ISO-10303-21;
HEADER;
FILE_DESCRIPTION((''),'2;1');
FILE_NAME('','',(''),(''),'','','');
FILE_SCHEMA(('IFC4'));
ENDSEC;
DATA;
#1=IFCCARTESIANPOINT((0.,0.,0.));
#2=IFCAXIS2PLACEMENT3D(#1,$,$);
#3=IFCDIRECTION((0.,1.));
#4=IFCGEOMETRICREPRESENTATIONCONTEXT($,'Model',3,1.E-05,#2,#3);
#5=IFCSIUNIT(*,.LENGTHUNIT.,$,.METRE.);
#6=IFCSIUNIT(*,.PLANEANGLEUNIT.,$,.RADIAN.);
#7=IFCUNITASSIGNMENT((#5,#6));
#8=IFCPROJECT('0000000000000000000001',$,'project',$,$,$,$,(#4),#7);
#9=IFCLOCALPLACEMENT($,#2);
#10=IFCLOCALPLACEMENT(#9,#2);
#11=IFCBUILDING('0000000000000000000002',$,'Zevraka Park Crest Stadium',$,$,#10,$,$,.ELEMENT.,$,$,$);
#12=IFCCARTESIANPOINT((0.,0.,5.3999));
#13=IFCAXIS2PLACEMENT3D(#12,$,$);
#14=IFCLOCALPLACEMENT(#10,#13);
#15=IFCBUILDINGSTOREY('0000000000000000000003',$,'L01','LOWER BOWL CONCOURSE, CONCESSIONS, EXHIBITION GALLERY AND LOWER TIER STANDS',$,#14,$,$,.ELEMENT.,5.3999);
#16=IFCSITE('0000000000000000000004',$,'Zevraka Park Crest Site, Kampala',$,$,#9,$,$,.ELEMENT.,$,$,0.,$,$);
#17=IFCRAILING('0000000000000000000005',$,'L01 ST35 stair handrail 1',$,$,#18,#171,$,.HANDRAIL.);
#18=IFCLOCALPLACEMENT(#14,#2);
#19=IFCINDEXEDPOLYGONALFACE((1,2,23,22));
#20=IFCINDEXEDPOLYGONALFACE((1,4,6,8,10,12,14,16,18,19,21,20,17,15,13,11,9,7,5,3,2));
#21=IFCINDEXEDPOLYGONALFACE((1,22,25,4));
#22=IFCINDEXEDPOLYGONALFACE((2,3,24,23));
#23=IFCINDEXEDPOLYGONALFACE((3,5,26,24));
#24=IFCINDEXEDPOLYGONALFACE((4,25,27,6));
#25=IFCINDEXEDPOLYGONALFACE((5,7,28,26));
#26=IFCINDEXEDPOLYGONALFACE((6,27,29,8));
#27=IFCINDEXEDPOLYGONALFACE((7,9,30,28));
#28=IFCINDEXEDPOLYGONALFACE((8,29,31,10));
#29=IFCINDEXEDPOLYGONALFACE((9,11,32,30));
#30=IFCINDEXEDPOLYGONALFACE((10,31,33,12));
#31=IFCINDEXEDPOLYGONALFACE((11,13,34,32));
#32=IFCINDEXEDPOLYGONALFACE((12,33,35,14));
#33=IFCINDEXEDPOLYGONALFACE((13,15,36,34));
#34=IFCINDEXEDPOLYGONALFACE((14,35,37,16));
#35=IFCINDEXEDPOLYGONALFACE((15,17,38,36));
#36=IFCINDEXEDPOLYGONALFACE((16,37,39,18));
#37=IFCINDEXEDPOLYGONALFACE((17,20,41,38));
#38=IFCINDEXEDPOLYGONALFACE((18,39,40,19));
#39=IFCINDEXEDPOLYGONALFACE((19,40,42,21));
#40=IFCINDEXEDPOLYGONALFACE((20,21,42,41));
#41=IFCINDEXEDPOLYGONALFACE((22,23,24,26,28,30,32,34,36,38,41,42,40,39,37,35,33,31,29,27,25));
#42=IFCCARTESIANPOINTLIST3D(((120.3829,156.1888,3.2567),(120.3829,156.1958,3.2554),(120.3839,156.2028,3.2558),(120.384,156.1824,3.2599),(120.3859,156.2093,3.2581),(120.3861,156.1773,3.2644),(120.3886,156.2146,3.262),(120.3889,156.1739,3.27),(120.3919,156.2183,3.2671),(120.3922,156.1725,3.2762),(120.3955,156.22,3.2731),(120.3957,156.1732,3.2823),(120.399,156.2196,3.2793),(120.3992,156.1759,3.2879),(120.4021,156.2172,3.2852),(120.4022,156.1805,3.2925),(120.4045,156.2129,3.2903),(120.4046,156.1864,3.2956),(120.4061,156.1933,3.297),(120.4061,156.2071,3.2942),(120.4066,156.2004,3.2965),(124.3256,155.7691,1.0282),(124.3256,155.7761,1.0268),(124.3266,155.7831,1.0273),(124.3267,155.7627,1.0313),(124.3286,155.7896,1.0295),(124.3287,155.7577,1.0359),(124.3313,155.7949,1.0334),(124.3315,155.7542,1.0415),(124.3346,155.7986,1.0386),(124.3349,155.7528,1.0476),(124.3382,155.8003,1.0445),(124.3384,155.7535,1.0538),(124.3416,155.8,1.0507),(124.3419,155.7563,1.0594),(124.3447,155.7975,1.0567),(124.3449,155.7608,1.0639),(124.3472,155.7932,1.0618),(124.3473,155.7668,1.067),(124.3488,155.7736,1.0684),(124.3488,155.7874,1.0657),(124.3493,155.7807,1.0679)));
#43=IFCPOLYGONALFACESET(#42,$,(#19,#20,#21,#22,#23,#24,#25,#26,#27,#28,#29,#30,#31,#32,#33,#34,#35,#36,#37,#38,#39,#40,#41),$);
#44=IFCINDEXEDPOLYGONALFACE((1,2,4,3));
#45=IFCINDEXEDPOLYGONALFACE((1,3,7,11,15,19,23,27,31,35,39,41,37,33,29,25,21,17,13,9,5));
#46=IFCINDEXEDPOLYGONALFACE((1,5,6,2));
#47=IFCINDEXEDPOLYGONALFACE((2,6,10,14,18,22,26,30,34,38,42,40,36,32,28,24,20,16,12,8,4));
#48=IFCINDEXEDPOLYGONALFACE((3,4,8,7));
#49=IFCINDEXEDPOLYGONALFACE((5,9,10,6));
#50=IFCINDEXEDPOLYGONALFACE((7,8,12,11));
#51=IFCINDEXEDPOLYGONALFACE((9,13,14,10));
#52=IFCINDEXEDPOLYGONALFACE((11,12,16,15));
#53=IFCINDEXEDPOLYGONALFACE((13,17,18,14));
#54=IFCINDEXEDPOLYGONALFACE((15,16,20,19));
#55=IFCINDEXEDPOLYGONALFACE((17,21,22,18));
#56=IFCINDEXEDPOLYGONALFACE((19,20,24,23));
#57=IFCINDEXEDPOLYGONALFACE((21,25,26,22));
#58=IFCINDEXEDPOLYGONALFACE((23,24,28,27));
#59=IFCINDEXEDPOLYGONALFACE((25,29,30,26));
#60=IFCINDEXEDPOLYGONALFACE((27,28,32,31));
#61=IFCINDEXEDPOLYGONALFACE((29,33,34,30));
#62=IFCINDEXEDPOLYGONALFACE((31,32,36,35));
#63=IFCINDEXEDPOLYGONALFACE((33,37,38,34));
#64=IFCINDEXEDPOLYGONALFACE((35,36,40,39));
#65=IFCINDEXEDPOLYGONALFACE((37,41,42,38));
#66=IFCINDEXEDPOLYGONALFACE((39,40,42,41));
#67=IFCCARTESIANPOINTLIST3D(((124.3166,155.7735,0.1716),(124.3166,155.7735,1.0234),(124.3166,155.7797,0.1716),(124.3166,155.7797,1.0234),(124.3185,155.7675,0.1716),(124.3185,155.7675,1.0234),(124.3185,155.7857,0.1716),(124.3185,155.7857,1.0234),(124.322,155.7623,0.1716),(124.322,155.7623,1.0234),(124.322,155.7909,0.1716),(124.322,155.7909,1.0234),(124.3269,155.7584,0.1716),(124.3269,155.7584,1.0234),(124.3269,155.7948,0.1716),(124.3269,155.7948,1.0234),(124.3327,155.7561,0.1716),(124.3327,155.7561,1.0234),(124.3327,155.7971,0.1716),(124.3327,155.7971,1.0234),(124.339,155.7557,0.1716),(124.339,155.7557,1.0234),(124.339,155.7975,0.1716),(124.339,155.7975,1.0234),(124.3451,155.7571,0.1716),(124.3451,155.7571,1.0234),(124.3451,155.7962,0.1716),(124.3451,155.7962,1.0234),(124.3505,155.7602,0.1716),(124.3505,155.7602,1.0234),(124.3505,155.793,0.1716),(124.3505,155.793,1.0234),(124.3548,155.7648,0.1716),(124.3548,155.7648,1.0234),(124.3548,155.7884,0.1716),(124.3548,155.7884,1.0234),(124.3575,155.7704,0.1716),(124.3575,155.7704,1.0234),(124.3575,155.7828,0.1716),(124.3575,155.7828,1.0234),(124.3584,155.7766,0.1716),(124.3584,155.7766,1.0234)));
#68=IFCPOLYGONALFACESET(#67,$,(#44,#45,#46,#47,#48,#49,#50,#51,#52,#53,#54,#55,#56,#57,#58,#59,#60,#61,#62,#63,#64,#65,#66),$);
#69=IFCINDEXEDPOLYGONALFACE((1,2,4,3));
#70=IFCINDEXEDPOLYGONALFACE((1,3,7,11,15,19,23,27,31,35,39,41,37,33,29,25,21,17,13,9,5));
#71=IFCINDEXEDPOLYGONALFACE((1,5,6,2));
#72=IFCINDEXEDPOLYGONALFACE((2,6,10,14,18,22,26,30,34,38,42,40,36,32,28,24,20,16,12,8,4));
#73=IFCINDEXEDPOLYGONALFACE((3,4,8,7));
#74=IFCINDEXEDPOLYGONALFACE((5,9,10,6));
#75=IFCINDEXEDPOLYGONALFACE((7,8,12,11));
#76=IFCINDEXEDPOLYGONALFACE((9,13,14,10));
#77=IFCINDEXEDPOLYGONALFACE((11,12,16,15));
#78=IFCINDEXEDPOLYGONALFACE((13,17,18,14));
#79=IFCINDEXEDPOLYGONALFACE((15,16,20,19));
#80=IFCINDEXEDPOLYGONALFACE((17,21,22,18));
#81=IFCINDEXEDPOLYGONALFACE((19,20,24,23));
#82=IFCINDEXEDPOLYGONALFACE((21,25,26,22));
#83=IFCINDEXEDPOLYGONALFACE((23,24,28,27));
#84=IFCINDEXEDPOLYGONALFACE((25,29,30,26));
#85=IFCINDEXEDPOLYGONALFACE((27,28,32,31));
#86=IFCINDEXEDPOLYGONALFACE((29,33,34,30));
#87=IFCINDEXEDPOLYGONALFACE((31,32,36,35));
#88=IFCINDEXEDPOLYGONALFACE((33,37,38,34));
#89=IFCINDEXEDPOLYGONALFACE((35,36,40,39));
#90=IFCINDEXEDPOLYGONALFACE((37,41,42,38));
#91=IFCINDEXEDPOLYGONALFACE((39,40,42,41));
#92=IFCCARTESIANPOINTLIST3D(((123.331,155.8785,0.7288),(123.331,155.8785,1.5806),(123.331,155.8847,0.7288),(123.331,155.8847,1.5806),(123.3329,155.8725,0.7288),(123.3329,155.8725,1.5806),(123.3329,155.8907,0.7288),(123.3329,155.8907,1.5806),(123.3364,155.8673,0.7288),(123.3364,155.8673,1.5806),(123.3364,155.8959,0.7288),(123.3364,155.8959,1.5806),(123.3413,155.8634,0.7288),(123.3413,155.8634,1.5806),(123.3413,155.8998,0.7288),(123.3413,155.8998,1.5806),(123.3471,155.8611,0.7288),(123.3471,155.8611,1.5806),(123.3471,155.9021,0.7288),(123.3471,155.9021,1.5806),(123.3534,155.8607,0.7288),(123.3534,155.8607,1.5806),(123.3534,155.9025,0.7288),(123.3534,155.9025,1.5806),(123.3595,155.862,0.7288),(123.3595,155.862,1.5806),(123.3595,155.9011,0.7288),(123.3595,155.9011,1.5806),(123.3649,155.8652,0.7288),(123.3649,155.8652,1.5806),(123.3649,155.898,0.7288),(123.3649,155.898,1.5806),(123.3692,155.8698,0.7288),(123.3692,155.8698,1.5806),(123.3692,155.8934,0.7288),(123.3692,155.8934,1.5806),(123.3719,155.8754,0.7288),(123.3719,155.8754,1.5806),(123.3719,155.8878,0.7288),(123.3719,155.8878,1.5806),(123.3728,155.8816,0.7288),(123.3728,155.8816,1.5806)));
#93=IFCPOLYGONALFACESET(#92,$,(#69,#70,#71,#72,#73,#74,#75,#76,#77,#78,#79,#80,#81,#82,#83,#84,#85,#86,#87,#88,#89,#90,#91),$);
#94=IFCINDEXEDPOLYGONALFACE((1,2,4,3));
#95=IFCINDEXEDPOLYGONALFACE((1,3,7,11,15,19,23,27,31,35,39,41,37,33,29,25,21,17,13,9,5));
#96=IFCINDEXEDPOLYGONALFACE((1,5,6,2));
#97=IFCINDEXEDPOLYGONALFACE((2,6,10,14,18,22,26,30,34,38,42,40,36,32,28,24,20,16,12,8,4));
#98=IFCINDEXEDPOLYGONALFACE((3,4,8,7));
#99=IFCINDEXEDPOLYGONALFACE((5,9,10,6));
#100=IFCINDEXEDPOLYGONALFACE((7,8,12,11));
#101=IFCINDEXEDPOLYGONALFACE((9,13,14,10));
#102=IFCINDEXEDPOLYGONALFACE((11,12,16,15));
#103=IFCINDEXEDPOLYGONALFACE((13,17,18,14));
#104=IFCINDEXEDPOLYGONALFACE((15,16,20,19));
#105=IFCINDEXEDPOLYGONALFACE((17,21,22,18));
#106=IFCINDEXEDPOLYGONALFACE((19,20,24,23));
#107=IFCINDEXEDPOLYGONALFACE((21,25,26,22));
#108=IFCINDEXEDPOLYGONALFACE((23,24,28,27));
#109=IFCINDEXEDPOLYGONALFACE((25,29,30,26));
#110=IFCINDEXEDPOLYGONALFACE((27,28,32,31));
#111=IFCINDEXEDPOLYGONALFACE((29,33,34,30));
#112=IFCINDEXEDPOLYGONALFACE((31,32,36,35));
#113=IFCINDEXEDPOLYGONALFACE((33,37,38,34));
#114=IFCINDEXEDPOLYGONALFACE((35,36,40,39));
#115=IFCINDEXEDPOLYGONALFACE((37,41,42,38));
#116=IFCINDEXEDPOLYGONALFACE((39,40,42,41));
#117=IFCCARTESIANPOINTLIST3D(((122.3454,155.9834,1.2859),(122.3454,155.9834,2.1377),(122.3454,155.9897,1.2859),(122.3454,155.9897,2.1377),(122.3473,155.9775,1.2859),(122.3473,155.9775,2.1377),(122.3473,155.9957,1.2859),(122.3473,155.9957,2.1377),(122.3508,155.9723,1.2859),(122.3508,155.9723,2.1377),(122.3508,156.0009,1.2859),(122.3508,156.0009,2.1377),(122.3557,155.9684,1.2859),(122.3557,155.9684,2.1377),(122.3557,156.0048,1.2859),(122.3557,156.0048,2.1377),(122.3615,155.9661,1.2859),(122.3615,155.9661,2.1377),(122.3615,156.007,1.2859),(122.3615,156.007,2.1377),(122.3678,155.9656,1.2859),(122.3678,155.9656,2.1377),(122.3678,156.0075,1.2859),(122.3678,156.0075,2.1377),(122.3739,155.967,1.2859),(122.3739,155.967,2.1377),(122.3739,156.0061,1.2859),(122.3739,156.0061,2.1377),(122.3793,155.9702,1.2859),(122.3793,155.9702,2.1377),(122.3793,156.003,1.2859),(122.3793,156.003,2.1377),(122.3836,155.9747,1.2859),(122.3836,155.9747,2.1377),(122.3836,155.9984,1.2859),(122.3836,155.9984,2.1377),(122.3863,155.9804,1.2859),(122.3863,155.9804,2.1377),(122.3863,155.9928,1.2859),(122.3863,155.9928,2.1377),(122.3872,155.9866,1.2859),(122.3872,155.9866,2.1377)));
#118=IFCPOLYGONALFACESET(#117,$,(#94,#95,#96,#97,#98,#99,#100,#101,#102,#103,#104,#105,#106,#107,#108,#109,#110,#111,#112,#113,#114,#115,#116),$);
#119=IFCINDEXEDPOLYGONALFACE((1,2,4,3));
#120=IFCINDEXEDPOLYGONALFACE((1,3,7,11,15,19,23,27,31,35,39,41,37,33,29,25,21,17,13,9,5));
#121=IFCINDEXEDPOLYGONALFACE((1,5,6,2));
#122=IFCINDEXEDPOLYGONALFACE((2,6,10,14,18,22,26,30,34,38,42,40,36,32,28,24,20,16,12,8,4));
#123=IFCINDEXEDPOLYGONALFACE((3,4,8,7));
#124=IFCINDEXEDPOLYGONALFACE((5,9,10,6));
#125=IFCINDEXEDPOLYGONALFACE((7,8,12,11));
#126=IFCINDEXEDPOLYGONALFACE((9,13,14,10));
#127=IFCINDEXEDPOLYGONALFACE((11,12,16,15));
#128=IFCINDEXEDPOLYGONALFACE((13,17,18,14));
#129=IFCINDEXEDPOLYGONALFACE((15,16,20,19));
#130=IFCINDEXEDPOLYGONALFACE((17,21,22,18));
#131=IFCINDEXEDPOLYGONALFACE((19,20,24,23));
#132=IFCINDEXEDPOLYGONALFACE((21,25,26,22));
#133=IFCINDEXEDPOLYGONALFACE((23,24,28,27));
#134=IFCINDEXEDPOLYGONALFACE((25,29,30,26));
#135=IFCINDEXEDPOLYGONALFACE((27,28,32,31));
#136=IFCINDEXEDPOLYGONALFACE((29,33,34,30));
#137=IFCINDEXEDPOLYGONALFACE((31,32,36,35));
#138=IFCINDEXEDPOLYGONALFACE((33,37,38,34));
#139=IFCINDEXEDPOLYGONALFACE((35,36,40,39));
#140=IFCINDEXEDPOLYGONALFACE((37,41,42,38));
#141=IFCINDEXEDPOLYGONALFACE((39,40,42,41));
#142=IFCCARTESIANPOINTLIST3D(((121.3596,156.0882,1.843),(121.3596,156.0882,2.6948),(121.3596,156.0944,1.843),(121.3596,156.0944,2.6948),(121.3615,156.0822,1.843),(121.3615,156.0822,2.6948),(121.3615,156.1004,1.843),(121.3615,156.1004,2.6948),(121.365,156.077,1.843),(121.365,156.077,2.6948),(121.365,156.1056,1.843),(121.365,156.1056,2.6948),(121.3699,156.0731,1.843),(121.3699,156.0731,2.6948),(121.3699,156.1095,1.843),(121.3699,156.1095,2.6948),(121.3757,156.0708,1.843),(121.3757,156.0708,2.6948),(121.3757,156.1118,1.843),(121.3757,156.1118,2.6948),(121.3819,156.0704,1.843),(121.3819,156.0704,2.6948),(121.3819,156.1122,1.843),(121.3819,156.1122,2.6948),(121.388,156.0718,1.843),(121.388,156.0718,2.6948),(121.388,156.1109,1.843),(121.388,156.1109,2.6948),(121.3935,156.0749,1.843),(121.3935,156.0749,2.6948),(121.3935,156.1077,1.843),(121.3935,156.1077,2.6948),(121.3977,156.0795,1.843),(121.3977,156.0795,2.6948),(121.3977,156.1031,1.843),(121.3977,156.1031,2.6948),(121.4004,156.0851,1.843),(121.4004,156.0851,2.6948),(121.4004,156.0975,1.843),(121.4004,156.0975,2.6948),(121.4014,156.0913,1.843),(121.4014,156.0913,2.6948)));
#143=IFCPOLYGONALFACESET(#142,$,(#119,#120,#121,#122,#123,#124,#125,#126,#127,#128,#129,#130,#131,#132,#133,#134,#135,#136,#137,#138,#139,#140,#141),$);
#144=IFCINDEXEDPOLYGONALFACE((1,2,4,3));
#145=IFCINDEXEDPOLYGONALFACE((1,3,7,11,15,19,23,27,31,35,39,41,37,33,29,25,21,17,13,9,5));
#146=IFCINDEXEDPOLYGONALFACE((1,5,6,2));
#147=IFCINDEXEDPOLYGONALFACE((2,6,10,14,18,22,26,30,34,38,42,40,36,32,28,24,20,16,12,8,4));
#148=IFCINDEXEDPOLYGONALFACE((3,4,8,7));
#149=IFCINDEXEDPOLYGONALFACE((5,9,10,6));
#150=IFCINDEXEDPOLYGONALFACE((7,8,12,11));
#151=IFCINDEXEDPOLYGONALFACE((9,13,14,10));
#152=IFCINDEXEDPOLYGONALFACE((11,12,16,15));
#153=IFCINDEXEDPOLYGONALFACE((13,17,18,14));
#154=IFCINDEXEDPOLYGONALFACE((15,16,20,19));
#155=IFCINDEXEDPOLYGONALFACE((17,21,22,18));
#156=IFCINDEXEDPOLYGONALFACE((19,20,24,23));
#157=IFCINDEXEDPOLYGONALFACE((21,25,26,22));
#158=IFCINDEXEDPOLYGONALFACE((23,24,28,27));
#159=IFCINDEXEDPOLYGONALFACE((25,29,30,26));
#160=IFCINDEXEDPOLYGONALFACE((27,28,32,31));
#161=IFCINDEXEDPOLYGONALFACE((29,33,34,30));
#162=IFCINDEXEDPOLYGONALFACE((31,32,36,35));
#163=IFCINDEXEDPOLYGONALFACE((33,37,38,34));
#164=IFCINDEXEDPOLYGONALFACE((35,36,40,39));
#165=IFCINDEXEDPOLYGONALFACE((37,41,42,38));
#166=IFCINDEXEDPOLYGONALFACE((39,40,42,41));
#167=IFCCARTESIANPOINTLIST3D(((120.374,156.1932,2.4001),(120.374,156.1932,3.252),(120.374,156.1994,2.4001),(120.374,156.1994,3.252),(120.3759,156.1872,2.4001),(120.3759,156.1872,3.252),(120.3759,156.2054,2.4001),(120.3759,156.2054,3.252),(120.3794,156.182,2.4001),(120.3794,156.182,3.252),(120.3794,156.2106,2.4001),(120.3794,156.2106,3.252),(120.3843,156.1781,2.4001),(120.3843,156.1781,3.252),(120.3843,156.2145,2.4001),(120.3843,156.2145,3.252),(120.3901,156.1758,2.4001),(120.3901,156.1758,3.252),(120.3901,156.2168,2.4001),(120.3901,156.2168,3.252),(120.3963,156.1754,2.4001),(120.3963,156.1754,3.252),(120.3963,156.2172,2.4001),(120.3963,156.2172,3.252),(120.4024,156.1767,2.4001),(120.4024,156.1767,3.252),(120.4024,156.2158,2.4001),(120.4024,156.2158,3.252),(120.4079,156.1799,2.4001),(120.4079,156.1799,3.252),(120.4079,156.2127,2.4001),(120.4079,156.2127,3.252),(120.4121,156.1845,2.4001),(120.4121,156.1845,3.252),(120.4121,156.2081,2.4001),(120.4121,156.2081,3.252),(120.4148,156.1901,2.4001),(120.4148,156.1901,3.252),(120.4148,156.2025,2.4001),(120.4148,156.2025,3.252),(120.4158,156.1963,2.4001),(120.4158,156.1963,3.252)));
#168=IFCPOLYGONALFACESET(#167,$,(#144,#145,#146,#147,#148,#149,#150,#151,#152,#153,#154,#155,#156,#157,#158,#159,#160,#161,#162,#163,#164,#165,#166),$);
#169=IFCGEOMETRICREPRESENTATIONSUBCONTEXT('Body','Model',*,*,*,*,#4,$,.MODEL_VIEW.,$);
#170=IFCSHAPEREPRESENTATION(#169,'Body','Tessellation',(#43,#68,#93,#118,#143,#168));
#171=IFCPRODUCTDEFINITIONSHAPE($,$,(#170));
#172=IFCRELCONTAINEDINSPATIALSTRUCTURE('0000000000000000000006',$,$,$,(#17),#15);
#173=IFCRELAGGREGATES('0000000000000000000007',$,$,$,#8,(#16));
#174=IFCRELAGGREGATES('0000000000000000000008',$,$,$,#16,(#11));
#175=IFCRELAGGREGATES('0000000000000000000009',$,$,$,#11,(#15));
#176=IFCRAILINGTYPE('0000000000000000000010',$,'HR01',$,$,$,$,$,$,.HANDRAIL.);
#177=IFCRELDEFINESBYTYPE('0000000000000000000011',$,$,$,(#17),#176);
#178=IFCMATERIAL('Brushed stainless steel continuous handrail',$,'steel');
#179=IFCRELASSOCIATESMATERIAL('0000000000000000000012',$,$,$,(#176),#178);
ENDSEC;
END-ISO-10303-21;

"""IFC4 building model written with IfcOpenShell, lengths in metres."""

from ifc_helpers import new_model, si_unit, direction, frame, origin, origin_2d, place, context, subcontext, project, spatial, circle, extrude, material, type_object, element, save


model = new_model("IFC4")

# Units and contexts
model_context = context("Model", 3, precision=1e-05, world=origin(), true_north=direction((0.0, 1.0)))
body_context = subcontext(model_context, "Body", "Model", "MODEL_VIEW")
ifc_project = project(units=[si_unit("LENGTHUNIT", "METRE"), si_unit("PLANEANGLEUNIT", "RADIAN")], contexts=[model_context])

# Site, building, storey
site_placement = place(None, origin())
site = spatial("IfcSite", under=ifc_project, at=site_placement, Name="Zevraka Park Crest Site, Kampala", CompositionType="ELEMENT", RefElevation=0.0)
building_placement = place(site_placement, origin())
building = spatial("IfcBuilding", under=site, at=building_placement, Name="Zevraka Park Crest Stadium", CompositionType="ELEMENT")
storey_placement = place(building_placement, frame((0.0, 0.0, 5.3999)))
storey = spatial("IfcBuildingStorey", under=building, at=storey_placement, Name="L01", Description="LOWER BOWL CONCOURSE, CONCESSIONS, EXHIBITION GALLERY AND LOWER TIER STANDS", CompositionType="ELEMENT", Elevation=5.3999)

# Railing
ifc_material_1 = material(Name="Brushed stainless steel continuous handrail", Category="steel")
railing_type_1 = type_object("IfcRailingType", Name="HR01", PredefinedType="HANDRAIL", material=ifc_material_1)
railing_1_placement = place(storey_placement, frame((124.3374, 155.7766, 0.1716)))
element("IfcRailing", 1, at=railing_1_placement, inside=storey, type_object=railing_type_1, Name="L01 ST35 stair handrail 1", PredefinedType="HANDRAIL", context=body_context, shape_type="SweptSolid", body=[
    extrude(circle(Radius=0.0239, at=origin_2d()), frame((0.0, 0.0, 0.876), z_axis=(-0.866842, 0.092272, 0.48997), x_axis=(-0.105848, -0.994382, 0.0)), (0.0, 0.0, 1.0), 4.5483),
    extrude(circle(Radius=0.021, at=origin_2d()), origin(), (0.0, 0.0, 1.0), 0.8518),
    extrude(circle(Radius=0.021, at=origin_2d()), frame((-0.9856, 0.105, 0.5571)), (0.0, 0.0, 1.0), 0.8518),
    extrude(circle(Radius=0.021, at=origin_2d()), frame((-1.9712, 0.21, 1.1143)), (0.0, 0.0, 1.0), 0.8518),
    extrude(circle(Radius=0.021, at=origin_2d()), frame((-2.957, 0.3147, 1.6714)), (0.0, 0.0, 1.0), 0.8518),
    extrude(circle(Radius=0.021, at=origin_2d()), frame((-3.9426, 0.4197, 2.2285)), (0.0, 0.0, 1.0), 0.8518),
])

save(model, "model.ifc")
